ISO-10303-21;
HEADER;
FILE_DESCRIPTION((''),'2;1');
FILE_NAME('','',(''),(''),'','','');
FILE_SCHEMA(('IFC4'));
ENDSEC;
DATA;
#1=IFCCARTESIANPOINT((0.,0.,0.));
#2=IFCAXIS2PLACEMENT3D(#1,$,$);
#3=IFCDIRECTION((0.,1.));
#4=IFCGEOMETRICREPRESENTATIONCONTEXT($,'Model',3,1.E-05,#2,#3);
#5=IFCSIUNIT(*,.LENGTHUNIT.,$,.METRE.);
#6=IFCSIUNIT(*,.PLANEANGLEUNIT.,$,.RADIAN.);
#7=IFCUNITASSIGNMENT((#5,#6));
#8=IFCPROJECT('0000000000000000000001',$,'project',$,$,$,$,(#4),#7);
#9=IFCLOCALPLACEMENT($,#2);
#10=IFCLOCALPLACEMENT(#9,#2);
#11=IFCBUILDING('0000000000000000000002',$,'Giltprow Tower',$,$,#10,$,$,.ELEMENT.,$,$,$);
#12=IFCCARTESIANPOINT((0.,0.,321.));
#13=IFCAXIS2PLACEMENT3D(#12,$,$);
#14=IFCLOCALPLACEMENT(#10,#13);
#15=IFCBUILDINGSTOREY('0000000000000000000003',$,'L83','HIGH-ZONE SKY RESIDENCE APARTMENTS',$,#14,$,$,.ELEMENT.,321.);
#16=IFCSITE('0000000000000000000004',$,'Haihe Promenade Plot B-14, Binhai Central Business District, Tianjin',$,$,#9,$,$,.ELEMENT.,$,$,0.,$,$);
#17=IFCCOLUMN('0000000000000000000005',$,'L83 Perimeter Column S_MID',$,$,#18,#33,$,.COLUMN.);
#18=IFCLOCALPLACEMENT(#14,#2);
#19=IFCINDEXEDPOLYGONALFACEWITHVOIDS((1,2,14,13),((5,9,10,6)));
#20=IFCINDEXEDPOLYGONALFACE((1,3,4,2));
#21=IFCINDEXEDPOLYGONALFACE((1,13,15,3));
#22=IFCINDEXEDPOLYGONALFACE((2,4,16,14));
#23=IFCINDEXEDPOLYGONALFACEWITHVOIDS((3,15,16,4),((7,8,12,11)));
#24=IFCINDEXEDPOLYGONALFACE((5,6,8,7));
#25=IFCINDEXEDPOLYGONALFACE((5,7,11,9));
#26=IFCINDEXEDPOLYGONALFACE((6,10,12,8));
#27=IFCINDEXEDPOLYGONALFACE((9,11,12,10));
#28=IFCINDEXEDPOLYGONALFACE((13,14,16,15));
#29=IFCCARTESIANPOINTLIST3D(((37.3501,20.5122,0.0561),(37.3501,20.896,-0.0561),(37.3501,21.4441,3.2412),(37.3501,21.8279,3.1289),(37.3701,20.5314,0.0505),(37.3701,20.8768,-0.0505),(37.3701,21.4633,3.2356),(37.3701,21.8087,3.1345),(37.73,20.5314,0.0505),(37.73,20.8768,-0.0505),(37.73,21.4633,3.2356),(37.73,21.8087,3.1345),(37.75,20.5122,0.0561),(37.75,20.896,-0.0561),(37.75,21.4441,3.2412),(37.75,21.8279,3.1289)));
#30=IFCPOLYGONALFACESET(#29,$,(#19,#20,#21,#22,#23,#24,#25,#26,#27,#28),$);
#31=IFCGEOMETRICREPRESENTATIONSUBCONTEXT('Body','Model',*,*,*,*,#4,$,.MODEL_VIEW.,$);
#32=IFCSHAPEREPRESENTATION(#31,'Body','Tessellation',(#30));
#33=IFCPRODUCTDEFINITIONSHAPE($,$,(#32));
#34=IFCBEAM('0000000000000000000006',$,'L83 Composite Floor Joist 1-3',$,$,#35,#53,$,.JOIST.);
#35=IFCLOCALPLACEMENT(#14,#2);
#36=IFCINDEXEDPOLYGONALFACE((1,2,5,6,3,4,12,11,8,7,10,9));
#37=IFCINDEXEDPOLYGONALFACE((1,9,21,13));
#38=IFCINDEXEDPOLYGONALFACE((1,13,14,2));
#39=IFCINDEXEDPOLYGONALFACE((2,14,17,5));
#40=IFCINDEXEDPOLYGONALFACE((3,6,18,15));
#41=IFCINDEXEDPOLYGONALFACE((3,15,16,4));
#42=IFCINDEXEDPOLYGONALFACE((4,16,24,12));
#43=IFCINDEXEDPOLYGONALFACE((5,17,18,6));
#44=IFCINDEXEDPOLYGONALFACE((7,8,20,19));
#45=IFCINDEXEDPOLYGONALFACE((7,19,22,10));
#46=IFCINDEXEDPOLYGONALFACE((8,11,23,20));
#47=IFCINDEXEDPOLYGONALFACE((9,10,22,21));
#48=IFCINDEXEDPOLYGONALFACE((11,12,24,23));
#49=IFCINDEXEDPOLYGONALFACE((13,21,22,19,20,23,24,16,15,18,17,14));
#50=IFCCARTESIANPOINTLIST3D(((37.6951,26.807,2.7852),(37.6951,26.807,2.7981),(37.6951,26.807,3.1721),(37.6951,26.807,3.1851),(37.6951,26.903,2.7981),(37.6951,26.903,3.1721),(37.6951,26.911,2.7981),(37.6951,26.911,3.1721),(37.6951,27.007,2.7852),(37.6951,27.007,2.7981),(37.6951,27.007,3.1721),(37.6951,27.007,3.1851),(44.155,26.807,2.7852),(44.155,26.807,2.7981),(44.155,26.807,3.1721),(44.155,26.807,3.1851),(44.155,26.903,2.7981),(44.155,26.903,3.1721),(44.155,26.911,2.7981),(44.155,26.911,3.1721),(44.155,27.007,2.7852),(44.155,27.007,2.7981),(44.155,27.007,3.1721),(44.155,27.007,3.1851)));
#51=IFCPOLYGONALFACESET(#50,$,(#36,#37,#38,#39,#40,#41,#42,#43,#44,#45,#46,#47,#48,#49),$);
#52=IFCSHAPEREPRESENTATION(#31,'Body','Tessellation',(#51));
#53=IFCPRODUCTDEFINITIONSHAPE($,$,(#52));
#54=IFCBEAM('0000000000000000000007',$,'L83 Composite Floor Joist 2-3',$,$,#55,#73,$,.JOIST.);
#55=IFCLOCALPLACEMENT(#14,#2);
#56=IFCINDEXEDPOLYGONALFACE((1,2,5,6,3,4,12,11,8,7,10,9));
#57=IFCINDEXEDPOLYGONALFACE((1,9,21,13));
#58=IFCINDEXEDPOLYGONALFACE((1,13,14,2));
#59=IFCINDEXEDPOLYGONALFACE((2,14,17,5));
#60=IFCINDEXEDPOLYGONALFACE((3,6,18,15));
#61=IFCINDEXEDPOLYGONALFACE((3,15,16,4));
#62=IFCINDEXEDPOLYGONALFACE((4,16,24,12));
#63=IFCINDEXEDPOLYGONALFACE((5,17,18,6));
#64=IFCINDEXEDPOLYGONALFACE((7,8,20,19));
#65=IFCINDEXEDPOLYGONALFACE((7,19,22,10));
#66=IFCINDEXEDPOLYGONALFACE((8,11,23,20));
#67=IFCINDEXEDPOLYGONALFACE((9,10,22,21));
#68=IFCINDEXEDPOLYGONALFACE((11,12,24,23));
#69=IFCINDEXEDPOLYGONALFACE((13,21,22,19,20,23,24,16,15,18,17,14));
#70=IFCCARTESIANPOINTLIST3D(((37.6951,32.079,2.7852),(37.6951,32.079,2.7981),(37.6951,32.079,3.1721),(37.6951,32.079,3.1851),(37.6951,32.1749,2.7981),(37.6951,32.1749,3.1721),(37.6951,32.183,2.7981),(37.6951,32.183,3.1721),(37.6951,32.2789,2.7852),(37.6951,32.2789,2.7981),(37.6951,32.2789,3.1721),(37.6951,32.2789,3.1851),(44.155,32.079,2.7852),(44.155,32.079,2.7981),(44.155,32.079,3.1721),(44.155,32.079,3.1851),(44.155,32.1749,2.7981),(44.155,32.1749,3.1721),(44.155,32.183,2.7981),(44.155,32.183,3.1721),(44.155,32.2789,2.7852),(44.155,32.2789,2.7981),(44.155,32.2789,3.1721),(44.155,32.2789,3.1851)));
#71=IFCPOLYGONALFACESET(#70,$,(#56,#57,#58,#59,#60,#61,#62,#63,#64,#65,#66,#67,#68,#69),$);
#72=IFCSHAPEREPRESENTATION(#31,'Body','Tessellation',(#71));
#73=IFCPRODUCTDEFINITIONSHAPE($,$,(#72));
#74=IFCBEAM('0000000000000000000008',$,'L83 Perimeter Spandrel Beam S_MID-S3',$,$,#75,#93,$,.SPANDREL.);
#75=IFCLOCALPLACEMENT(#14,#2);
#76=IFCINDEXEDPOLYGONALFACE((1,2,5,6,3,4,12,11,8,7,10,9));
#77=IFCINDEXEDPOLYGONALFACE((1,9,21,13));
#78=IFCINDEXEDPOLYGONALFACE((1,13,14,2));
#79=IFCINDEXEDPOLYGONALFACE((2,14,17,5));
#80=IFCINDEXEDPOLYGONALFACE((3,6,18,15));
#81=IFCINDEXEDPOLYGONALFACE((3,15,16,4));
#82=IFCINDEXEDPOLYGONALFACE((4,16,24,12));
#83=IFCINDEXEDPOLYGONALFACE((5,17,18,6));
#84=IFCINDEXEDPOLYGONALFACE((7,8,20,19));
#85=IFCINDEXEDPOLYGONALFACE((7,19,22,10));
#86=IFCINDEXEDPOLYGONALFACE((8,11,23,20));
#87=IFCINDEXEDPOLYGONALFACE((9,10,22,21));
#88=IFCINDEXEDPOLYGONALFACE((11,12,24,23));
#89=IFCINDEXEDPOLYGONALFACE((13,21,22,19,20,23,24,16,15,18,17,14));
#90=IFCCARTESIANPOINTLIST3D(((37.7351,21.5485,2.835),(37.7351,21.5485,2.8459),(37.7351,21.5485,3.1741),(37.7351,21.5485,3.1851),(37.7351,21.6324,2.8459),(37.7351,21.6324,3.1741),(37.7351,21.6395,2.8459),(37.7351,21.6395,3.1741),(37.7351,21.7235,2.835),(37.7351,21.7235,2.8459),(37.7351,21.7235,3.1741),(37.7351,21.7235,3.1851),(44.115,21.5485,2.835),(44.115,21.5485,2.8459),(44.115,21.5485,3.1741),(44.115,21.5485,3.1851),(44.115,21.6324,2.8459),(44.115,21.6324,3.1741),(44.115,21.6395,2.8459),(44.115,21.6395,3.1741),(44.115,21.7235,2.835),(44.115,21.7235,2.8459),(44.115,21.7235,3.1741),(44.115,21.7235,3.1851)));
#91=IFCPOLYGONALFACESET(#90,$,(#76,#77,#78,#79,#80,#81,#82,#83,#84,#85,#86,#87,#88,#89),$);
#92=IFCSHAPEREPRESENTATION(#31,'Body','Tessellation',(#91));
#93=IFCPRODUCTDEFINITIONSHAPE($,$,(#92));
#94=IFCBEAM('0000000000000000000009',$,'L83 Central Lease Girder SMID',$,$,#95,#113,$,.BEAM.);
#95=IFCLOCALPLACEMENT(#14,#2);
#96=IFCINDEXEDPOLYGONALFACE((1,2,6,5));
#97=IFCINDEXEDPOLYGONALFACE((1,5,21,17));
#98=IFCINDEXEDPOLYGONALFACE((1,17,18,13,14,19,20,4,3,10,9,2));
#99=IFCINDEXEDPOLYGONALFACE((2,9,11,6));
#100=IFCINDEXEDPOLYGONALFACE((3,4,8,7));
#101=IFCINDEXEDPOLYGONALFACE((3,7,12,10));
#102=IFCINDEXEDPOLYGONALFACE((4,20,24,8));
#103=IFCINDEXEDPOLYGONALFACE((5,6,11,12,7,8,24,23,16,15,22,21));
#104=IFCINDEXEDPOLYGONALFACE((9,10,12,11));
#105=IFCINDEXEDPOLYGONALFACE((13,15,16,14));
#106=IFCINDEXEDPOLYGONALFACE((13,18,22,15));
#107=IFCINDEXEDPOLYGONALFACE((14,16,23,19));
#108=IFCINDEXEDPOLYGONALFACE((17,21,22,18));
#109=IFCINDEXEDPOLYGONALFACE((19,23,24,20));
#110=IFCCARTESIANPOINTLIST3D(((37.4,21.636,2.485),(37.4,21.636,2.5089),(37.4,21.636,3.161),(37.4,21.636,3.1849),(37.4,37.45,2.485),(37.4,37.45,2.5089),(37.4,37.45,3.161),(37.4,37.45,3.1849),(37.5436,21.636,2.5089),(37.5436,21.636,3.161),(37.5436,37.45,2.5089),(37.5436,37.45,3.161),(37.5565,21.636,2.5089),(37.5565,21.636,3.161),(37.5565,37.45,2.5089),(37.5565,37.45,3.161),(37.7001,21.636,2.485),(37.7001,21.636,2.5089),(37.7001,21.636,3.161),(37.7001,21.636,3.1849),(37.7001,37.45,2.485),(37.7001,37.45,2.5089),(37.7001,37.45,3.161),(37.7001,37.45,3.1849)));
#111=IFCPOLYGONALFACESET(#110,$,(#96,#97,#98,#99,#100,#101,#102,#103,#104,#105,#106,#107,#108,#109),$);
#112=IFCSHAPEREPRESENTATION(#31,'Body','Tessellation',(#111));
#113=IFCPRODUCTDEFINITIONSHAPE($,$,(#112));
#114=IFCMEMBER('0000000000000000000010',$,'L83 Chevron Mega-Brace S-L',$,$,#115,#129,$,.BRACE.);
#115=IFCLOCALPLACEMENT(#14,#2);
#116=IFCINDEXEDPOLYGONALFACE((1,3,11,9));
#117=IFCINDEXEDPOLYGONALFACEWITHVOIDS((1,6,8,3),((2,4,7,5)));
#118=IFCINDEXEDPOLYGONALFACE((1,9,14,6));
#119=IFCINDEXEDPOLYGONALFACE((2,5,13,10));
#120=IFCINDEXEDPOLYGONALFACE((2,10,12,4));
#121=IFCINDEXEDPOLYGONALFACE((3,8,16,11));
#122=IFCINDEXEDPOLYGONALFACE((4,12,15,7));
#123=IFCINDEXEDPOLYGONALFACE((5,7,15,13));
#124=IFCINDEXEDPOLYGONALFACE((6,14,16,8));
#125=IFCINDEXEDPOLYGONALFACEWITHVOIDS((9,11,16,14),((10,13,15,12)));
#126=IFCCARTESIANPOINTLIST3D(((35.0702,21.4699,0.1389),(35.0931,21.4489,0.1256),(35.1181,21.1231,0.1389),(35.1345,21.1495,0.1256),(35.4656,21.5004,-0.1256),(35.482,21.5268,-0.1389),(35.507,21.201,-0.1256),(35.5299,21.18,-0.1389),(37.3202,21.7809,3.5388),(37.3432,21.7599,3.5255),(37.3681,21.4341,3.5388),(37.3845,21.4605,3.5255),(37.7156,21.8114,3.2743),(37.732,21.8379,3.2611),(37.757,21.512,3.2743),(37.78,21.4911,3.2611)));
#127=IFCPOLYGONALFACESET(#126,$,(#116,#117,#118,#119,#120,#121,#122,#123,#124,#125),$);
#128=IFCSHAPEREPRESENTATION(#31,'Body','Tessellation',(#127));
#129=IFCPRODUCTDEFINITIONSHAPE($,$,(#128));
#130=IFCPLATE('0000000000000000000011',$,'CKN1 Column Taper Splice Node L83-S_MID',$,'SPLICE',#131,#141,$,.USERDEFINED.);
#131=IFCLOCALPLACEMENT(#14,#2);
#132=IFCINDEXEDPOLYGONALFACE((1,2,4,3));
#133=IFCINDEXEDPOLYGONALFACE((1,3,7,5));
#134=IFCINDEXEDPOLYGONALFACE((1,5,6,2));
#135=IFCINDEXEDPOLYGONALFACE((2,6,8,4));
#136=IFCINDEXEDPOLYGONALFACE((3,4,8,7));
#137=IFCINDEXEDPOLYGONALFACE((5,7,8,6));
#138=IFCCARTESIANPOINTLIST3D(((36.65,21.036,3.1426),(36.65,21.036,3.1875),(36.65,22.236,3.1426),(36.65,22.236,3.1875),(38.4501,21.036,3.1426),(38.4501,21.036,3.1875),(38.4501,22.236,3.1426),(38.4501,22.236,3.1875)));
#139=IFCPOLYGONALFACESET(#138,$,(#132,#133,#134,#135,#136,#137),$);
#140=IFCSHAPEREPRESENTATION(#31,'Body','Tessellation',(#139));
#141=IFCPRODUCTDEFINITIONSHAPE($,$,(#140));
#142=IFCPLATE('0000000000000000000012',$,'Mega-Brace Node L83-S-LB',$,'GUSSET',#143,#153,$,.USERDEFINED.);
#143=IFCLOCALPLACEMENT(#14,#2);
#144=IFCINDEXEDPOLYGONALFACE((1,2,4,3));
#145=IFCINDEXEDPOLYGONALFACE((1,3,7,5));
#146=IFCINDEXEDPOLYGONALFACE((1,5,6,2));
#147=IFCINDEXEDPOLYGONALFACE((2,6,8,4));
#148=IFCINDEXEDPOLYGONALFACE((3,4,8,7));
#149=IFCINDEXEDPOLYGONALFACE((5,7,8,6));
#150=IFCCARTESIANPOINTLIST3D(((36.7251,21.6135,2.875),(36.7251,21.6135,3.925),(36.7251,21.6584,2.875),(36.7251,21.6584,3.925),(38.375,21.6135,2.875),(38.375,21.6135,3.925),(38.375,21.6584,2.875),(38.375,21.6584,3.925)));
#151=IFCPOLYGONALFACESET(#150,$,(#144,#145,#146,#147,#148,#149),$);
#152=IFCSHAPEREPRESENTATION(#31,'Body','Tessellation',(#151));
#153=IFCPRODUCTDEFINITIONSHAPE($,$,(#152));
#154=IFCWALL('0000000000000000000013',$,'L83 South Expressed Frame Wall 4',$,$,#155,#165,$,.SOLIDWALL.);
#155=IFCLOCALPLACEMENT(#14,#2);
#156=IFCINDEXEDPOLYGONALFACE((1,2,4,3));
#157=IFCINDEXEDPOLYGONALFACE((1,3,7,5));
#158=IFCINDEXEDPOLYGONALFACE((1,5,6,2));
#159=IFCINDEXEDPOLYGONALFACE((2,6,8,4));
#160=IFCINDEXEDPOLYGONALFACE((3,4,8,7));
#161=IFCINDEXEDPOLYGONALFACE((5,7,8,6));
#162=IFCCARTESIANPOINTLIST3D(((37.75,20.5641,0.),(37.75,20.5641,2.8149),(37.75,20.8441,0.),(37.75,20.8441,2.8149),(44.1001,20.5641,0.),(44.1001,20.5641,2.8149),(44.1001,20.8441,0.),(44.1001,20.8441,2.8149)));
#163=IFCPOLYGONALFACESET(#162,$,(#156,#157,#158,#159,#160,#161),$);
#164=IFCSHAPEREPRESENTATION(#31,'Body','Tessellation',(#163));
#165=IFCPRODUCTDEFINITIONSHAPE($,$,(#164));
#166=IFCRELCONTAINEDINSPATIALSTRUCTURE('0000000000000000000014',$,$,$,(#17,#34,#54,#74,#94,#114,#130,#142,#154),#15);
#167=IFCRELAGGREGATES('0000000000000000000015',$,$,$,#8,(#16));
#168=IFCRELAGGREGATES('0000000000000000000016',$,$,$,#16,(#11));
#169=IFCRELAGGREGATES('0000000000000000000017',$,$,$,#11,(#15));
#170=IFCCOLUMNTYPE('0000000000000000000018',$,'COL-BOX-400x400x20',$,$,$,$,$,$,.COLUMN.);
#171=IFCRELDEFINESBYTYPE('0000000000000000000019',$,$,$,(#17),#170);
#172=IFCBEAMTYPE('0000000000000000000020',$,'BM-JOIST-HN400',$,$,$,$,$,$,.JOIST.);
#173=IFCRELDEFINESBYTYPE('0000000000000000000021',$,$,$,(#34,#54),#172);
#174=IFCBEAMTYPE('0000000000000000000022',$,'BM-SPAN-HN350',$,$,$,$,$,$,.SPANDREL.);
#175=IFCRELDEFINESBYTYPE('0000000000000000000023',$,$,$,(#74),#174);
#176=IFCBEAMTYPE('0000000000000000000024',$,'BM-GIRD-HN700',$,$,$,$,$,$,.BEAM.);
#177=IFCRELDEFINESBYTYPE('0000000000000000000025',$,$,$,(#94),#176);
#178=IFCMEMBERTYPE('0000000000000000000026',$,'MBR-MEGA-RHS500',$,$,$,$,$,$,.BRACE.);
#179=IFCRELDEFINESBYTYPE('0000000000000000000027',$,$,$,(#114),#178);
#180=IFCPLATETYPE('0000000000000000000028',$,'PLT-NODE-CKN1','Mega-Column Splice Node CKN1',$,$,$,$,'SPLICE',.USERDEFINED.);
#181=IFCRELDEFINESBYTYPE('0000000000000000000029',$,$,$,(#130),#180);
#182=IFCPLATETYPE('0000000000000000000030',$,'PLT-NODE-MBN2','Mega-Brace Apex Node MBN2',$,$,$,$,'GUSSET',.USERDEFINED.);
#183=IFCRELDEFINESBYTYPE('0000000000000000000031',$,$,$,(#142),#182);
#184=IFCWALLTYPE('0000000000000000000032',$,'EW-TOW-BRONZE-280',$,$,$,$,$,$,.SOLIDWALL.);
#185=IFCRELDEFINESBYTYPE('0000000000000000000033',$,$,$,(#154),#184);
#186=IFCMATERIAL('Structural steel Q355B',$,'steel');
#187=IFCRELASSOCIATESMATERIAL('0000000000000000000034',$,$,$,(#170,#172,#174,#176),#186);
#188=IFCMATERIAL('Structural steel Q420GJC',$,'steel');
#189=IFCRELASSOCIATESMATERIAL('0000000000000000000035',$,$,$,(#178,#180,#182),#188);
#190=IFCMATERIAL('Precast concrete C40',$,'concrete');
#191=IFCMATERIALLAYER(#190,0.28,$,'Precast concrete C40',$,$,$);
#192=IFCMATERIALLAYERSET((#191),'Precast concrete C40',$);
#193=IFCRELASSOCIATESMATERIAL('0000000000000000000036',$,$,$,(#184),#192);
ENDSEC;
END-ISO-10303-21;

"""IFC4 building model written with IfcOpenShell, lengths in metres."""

from ifc_helpers import new_model, si_unit, direction, frame, frame_2d, origin, origin_2d, place, context, subcontext, project, spatial, rectangle, hollow_rectangle, i_section, extrude, source, transform, mapped, material, layer, layer_set, material_profile, profile_set, type_object, element, save


model = new_model("IFC4")

# Units and contexts
model_context = context("Model", 3, precision=1e-05, world=origin(), true_north=direction((0.0, 1.0)))
body_context = subcontext(model_context, "Body", "Model", "MODEL_VIEW")
ifc_project = project(units=[si_unit("LENGTHUNIT", "METRE"), si_unit("PLANEANGLEUNIT", "RADIAN")], contexts=[model_context])

# Site, building, storey
site_placement = place(None, origin())
site = spatial("IfcSite", under=ifc_project, at=site_placement, Name="Haihe Promenade Plot B-14, Binhai Central Business District, Tianjin", CompositionType="ELEMENT", RefElevation=0.0)
building_placement = place(site_placement, origin())
building = spatial("IfcBuilding", under=site, at=building_placement, Name="Giltprow Tower", CompositionType="ELEMENT")
storey_placement = place(building_placement, frame((0.0, 0.0, 321.0)))
storey = spatial("IfcBuildingStorey", under=building, at=storey_placement, Name="L83", Description="HIGH-ZONE SKY RESIDENCE APARTMENTS", CompositionType="ELEMENT", Elevation=321.0)

# Column
ifc_material_1 = material(Name="Structural steel Q355B", Category="steel")
ifc_material_profile_1 = material_profile(ifc_material_1, hollow_rectangle(XDim=0.3999, YDim=0.3999, WallThickness=0.02, at=origin_2d()), Name="BOX 400x400x20")
ifc_profile_set_1 = profile_set([ifc_material_profile_1], Name="Structural steel Q355B")
column_type = type_object("IfcColumnType", Name="COL-BOX-400x400x20", PredefinedType="COLUMN", material=ifc_profile_set_1)
shared_shape_1 = source(origin(), body_context, "Body", "SweptSolid", [
    extrude(hollow_rectangle(XDim=0.3999, YDim=0.3999, WallThickness=0.02, at=origin_2d()), origin(), (0.0, 0.0, 1.0), 3.3186),
])
column_placement = place(storey_placement, frame((37.55, 20.7041, 0.0), z_axis=(0.0, 0.280808, 0.959764), x_axis=(-1.0, 0.0, 0.0)))
element("IfcColumn", 1, at=column_placement, inside=storey, type_object=column_type, Name="L83 Perimeter Column S_MID", PredefinedType="COLUMN", context=body_context, shape_type="MappedRepresentation", body=[
    mapped(shared_shape_1, transform((0.0, 0.0, 0.0), x_axis=(1.0, 0.0, 0.0), y_axis=(0.0, 1.0, 0.0), z_axis=(0.0, 0.0, 1.0), scale=1.0)),
])

# Beams
ifc_material_profile_2 = material_profile(ifc_material_1, i_section(OverallWidth=0.2, OverallDepth=0.3999, WebThickness=0.0081, FlangeThickness=0.0129, at=origin_2d()), Name="HN 400x200x8x13")
ifc_profile_set_2 = profile_set([ifc_material_profile_2], Name="Structural steel Q355B")
beam_type_1 = type_object("IfcBeamType", Name="BM-JOIST-HN400", PredefinedType="JOIST", material=ifc_profile_set_2)
shared_shape_2 = source(origin(), body_context, "Body", "SweptSolid", [
    extrude(i_section(OverallWidth=0.2, OverallDepth=0.3999, WebThickness=0.0081, FlangeThickness=0.0129, at=origin_2d()), origin(), (0.0, 0.0, 1.0), 6.46),
])
for number, where, z_axis, x_axis, name in (
    (2, (37.6951, 26.907, 2.9851), (1.0, 0.0, 0.0), (0.0, 1.0, 0.0), "L83 Composite Floor Joist 1-3"),
    (3, (37.6951, 32.179, 2.9851), (1.0, 0.0, 0.0), (0.0, 1.0, 0.0), "L83 Composite Floor Joist 2-3"),
):
    element("IfcBeam", number, at=place(storey_placement, frame(where, z_axis=z_axis, x_axis=x_axis)), inside=storey, type_object=beam_type_1, Name=name, PredefinedType="JOIST", context=body_context, shape_type="MappedRepresentation", body=[
        mapped(shared_shape_2, transform((0.0, 0.0, 0.0), x_axis=(1.0, 0.0, 0.0), y_axis=(0.0, 1.0, 0.0), z_axis=(0.0, 0.0, 1.0), scale=1.0)),
    ])
ifc_material_profile_3 = material_profile(ifc_material_1, i_section(OverallWidth=0.175, OverallDepth=0.3501, WebThickness=0.0071, FlangeThickness=0.011, at=origin_2d()), Name="HN 350x175x7x11")
ifc_profile_set_3 = profile_set([ifc_material_profile_3], Name="Structural steel Q355B")
beam_type_2 = type_object("IfcBeamType", Name="BM-SPAN-HN350", PredefinedType="SPANDREL", material=ifc_profile_set_3)
shared_shape_3 = source(origin(), body_context, "Body", "SweptSolid", [
    extrude(i_section(OverallWidth=0.175, OverallDepth=0.3501, WebThickness=0.0071, FlangeThickness=0.011, at=origin_2d()), origin(), (0.0, 0.0, 1.0), 6.3799),
])
beam_1_placement = place(storey_placement, frame((37.7351, 21.636, 3.01), z_axis=(1.0, 0.0, 0.0), x_axis=(0.0, 1.0, 0.0)))
element("IfcBeam", 4, at=beam_1_placement, inside=storey, type_object=beam_type_2, Name="L83 Perimeter Spandrel Beam S_MID-S3", PredefinedType="SPANDREL", context=body_context, shape_type="MappedRepresentation", body=[
    mapped(shared_shape_3, transform((0.0, 0.0, 0.0), x_axis=(1.0, 0.0, 0.0), y_axis=(0.0, 1.0, 0.0), z_axis=(0.0, 0.0, 1.0), scale=1.0)),
])
ifc_material_profile_4 = material_profile(ifc_material_1, i_section(OverallWidth=0.3, OverallDepth=0.7, WebThickness=0.0129, FlangeThickness=0.0239, at=origin_2d()), Name="HN 700x300x13x24")
ifc_profile_set_4 = profile_set([ifc_material_profile_4], Name="Structural steel Q355B")
beam_type_3 = type_object("IfcBeamType", Name="BM-GIRD-HN700", PredefinedType="BEAM", material=ifc_profile_set_4)
shared_shape_4 = source(origin(), body_context, "Body", "SweptSolid", [
    extrude(i_section(OverallWidth=0.3, OverallDepth=0.7, WebThickness=0.0129, FlangeThickness=0.0239, at=origin_2d()), origin(), (0.0, 0.0, 1.0), 15.814),
])
beam_2_placement = place(storey_placement, frame((37.55, 21.636, 2.835), z_axis=(0.0, 1.0, 0.0), x_axis=(-1.0, 0.0, 0.0)))
element("IfcBeam", 5, at=beam_2_placement, inside=storey, type_object=beam_type_3, Name="L83 Central Lease Girder SMID", PredefinedType="BEAM", context=body_context, shape_type="MappedRepresentation", body=[
    mapped(shared_shape_4, transform((0.0, 0.0, 0.0), x_axis=(1.0, 0.0, 0.0), y_axis=(0.0, 1.0, 0.0), z_axis=(0.0, 0.0, 1.0), scale=1.0)),
])

# Member
ifc_material_2 = material(Name="Structural steel Q420GJC", Category="steel")
ifc_material_profile_5 = material_profile(ifc_material_2, hollow_rectangle(XDim=0.3501, YDim=0.5, WallThickness=0.0239, at=origin_2d()), Name="RHS 500x350x24")
ifc_profile_set_5 = profile_set([ifc_material_profile_5], Name="Structural steel Q420GJC")
member_type = type_object("IfcMemberType", Name="MBR-MEGA-RHS500", PredefinedType="BRACE", material=ifc_profile_set_5)
shared_shape_5 = source(origin(), body_context, "Body", "SweptSolid", [
    extrude(hollow_rectangle(XDim=0.3501, YDim=0.5, WallThickness=0.0239, at=origin_2d()), origin(), (0.0, 0.0, 1.0), 4.0889),
])
member_placement = place(storey_placement, frame((35.3, 21.325, 0.0), z_axis=(0.550279, 0.076069, 0.831509), x_axis=(-0.136936, 0.99058, 0.0)))
element("IfcMember", 6, at=member_placement, inside=storey, type_object=member_type, Name="L83 Chevron Mega-Brace S-L", PredefinedType="BRACE", context=body_context, shape_type="MappedRepresentation", body=[
    mapped(shared_shape_5, transform((0.0, 0.0, 0.0), x_axis=(1.0, 0.0, 0.0), y_axis=(0.0, 1.0, 0.0), z_axis=(0.0, 0.0, 1.0), scale=1.0)),
])

# Plates
plate_type_1 = type_object("IfcPlateType", Name="PLT-NODE-CKN1", Description="Mega-Column Splice Node CKN1", ElementType="SPLICE", PredefinedType="USERDEFINED", material=ifc_material_2)
shared_shape_6 = source(origin(), body_context, "Body", "SweptSolid", [
    extrude(rectangle(XDim=1.8, YDim=1.2, at=origin_2d()), origin(), (0.0, 0.0, 1.0), 0.0449),
])
plate_1_placement = place(storey_placement, frame((37.55, 21.636, 3.1426), z_axis=(0.0, 0.0, 1.0), x_axis=(1.0, 0.0, 0.0)))
element("IfcPlate", 7, at=plate_1_placement, inside=storey, type_object=plate_type_1, Name="CKN1 Column Taper Splice Node L83-S_MID", ObjectType="SPLICE", PredefinedType="USERDEFINED", context=body_context, shape_type="MappedRepresentation", body=[
    mapped(shared_shape_6, transform((0.0, 0.0, 0.0), x_axis=(1.0, 0.0, 0.0), y_axis=(0.0, 1.0, 0.0), z_axis=(0.0, 0.0, 1.0), scale=1.0)),
])
plate_type_2 = type_object("IfcPlateType", Name="PLT-NODE-MBN2", Description="Mega-Brace Apex Node MBN2", ElementType="GUSSET", PredefinedType="USERDEFINED", material=ifc_material_2)
shared_shape_7 = source(origin(), body_context, "Body", "SweptSolid", [
    extrude(rectangle(XDim=1.6499, YDim=0.0449, at=origin_2d()), origin(), (0.0, 0.0, 1.0), 1.05),
])
plate_2_placement = place(storey_placement, frame((37.55, 21.636, 2.875), z_axis=(0.0, 0.0, 1.0), x_axis=(1.0, 0.0, 0.0)))
element("IfcPlate", 8, at=plate_2_placement, inside=storey, type_object=plate_type_2, Name="Mega-Brace Node L83-S-LB", ObjectType="GUSSET", PredefinedType="USERDEFINED", context=body_context, shape_type="MappedRepresentation", body=[
    mapped(shared_shape_7, transform((0.0, 0.0, 0.0), x_axis=(1.0, 0.0, 0.0), y_axis=(0.0, 1.0, 0.0), z_axis=(0.0, 0.0, 1.0), scale=1.0)),
])

# Wall
ifc_material_3 = material(Name="Precast concrete C40", Category="concrete")
ifc_layer_1 = layer(ifc_material_3, 0.28, Name="Precast concrete C40")
ifc_layer_set_1 = layer_set([ifc_layer_1], Name="Precast concrete C40")
wall_type_1 = type_object("IfcWallType", Name="EW-TOW-BRONZE-280", PredefinedType="SOLIDWALL", material=ifc_layer_set_1)
wall_1_placement = place(storey_placement, frame((37.75, 20.7041, 0.0), z_axis=(0.0, 0.0, 1.0), x_axis=(1.0, 0.0, 0.0)))
element("IfcWall", 9, at=wall_1_placement, inside=storey, type_object=wall_type_1, Name="L83 South Expressed Frame Wall 4", PredefinedType="SOLIDWALL", context=body_context, shape_type="SweptSolid", body=[
    extrude(rectangle(XDim=6.3501, YDim=0.28, at=frame_2d((3.175, 0.0))), origin(), (0.0, 0.0, 1.0), 2.8149),
])

save(model, "model.ifc")
